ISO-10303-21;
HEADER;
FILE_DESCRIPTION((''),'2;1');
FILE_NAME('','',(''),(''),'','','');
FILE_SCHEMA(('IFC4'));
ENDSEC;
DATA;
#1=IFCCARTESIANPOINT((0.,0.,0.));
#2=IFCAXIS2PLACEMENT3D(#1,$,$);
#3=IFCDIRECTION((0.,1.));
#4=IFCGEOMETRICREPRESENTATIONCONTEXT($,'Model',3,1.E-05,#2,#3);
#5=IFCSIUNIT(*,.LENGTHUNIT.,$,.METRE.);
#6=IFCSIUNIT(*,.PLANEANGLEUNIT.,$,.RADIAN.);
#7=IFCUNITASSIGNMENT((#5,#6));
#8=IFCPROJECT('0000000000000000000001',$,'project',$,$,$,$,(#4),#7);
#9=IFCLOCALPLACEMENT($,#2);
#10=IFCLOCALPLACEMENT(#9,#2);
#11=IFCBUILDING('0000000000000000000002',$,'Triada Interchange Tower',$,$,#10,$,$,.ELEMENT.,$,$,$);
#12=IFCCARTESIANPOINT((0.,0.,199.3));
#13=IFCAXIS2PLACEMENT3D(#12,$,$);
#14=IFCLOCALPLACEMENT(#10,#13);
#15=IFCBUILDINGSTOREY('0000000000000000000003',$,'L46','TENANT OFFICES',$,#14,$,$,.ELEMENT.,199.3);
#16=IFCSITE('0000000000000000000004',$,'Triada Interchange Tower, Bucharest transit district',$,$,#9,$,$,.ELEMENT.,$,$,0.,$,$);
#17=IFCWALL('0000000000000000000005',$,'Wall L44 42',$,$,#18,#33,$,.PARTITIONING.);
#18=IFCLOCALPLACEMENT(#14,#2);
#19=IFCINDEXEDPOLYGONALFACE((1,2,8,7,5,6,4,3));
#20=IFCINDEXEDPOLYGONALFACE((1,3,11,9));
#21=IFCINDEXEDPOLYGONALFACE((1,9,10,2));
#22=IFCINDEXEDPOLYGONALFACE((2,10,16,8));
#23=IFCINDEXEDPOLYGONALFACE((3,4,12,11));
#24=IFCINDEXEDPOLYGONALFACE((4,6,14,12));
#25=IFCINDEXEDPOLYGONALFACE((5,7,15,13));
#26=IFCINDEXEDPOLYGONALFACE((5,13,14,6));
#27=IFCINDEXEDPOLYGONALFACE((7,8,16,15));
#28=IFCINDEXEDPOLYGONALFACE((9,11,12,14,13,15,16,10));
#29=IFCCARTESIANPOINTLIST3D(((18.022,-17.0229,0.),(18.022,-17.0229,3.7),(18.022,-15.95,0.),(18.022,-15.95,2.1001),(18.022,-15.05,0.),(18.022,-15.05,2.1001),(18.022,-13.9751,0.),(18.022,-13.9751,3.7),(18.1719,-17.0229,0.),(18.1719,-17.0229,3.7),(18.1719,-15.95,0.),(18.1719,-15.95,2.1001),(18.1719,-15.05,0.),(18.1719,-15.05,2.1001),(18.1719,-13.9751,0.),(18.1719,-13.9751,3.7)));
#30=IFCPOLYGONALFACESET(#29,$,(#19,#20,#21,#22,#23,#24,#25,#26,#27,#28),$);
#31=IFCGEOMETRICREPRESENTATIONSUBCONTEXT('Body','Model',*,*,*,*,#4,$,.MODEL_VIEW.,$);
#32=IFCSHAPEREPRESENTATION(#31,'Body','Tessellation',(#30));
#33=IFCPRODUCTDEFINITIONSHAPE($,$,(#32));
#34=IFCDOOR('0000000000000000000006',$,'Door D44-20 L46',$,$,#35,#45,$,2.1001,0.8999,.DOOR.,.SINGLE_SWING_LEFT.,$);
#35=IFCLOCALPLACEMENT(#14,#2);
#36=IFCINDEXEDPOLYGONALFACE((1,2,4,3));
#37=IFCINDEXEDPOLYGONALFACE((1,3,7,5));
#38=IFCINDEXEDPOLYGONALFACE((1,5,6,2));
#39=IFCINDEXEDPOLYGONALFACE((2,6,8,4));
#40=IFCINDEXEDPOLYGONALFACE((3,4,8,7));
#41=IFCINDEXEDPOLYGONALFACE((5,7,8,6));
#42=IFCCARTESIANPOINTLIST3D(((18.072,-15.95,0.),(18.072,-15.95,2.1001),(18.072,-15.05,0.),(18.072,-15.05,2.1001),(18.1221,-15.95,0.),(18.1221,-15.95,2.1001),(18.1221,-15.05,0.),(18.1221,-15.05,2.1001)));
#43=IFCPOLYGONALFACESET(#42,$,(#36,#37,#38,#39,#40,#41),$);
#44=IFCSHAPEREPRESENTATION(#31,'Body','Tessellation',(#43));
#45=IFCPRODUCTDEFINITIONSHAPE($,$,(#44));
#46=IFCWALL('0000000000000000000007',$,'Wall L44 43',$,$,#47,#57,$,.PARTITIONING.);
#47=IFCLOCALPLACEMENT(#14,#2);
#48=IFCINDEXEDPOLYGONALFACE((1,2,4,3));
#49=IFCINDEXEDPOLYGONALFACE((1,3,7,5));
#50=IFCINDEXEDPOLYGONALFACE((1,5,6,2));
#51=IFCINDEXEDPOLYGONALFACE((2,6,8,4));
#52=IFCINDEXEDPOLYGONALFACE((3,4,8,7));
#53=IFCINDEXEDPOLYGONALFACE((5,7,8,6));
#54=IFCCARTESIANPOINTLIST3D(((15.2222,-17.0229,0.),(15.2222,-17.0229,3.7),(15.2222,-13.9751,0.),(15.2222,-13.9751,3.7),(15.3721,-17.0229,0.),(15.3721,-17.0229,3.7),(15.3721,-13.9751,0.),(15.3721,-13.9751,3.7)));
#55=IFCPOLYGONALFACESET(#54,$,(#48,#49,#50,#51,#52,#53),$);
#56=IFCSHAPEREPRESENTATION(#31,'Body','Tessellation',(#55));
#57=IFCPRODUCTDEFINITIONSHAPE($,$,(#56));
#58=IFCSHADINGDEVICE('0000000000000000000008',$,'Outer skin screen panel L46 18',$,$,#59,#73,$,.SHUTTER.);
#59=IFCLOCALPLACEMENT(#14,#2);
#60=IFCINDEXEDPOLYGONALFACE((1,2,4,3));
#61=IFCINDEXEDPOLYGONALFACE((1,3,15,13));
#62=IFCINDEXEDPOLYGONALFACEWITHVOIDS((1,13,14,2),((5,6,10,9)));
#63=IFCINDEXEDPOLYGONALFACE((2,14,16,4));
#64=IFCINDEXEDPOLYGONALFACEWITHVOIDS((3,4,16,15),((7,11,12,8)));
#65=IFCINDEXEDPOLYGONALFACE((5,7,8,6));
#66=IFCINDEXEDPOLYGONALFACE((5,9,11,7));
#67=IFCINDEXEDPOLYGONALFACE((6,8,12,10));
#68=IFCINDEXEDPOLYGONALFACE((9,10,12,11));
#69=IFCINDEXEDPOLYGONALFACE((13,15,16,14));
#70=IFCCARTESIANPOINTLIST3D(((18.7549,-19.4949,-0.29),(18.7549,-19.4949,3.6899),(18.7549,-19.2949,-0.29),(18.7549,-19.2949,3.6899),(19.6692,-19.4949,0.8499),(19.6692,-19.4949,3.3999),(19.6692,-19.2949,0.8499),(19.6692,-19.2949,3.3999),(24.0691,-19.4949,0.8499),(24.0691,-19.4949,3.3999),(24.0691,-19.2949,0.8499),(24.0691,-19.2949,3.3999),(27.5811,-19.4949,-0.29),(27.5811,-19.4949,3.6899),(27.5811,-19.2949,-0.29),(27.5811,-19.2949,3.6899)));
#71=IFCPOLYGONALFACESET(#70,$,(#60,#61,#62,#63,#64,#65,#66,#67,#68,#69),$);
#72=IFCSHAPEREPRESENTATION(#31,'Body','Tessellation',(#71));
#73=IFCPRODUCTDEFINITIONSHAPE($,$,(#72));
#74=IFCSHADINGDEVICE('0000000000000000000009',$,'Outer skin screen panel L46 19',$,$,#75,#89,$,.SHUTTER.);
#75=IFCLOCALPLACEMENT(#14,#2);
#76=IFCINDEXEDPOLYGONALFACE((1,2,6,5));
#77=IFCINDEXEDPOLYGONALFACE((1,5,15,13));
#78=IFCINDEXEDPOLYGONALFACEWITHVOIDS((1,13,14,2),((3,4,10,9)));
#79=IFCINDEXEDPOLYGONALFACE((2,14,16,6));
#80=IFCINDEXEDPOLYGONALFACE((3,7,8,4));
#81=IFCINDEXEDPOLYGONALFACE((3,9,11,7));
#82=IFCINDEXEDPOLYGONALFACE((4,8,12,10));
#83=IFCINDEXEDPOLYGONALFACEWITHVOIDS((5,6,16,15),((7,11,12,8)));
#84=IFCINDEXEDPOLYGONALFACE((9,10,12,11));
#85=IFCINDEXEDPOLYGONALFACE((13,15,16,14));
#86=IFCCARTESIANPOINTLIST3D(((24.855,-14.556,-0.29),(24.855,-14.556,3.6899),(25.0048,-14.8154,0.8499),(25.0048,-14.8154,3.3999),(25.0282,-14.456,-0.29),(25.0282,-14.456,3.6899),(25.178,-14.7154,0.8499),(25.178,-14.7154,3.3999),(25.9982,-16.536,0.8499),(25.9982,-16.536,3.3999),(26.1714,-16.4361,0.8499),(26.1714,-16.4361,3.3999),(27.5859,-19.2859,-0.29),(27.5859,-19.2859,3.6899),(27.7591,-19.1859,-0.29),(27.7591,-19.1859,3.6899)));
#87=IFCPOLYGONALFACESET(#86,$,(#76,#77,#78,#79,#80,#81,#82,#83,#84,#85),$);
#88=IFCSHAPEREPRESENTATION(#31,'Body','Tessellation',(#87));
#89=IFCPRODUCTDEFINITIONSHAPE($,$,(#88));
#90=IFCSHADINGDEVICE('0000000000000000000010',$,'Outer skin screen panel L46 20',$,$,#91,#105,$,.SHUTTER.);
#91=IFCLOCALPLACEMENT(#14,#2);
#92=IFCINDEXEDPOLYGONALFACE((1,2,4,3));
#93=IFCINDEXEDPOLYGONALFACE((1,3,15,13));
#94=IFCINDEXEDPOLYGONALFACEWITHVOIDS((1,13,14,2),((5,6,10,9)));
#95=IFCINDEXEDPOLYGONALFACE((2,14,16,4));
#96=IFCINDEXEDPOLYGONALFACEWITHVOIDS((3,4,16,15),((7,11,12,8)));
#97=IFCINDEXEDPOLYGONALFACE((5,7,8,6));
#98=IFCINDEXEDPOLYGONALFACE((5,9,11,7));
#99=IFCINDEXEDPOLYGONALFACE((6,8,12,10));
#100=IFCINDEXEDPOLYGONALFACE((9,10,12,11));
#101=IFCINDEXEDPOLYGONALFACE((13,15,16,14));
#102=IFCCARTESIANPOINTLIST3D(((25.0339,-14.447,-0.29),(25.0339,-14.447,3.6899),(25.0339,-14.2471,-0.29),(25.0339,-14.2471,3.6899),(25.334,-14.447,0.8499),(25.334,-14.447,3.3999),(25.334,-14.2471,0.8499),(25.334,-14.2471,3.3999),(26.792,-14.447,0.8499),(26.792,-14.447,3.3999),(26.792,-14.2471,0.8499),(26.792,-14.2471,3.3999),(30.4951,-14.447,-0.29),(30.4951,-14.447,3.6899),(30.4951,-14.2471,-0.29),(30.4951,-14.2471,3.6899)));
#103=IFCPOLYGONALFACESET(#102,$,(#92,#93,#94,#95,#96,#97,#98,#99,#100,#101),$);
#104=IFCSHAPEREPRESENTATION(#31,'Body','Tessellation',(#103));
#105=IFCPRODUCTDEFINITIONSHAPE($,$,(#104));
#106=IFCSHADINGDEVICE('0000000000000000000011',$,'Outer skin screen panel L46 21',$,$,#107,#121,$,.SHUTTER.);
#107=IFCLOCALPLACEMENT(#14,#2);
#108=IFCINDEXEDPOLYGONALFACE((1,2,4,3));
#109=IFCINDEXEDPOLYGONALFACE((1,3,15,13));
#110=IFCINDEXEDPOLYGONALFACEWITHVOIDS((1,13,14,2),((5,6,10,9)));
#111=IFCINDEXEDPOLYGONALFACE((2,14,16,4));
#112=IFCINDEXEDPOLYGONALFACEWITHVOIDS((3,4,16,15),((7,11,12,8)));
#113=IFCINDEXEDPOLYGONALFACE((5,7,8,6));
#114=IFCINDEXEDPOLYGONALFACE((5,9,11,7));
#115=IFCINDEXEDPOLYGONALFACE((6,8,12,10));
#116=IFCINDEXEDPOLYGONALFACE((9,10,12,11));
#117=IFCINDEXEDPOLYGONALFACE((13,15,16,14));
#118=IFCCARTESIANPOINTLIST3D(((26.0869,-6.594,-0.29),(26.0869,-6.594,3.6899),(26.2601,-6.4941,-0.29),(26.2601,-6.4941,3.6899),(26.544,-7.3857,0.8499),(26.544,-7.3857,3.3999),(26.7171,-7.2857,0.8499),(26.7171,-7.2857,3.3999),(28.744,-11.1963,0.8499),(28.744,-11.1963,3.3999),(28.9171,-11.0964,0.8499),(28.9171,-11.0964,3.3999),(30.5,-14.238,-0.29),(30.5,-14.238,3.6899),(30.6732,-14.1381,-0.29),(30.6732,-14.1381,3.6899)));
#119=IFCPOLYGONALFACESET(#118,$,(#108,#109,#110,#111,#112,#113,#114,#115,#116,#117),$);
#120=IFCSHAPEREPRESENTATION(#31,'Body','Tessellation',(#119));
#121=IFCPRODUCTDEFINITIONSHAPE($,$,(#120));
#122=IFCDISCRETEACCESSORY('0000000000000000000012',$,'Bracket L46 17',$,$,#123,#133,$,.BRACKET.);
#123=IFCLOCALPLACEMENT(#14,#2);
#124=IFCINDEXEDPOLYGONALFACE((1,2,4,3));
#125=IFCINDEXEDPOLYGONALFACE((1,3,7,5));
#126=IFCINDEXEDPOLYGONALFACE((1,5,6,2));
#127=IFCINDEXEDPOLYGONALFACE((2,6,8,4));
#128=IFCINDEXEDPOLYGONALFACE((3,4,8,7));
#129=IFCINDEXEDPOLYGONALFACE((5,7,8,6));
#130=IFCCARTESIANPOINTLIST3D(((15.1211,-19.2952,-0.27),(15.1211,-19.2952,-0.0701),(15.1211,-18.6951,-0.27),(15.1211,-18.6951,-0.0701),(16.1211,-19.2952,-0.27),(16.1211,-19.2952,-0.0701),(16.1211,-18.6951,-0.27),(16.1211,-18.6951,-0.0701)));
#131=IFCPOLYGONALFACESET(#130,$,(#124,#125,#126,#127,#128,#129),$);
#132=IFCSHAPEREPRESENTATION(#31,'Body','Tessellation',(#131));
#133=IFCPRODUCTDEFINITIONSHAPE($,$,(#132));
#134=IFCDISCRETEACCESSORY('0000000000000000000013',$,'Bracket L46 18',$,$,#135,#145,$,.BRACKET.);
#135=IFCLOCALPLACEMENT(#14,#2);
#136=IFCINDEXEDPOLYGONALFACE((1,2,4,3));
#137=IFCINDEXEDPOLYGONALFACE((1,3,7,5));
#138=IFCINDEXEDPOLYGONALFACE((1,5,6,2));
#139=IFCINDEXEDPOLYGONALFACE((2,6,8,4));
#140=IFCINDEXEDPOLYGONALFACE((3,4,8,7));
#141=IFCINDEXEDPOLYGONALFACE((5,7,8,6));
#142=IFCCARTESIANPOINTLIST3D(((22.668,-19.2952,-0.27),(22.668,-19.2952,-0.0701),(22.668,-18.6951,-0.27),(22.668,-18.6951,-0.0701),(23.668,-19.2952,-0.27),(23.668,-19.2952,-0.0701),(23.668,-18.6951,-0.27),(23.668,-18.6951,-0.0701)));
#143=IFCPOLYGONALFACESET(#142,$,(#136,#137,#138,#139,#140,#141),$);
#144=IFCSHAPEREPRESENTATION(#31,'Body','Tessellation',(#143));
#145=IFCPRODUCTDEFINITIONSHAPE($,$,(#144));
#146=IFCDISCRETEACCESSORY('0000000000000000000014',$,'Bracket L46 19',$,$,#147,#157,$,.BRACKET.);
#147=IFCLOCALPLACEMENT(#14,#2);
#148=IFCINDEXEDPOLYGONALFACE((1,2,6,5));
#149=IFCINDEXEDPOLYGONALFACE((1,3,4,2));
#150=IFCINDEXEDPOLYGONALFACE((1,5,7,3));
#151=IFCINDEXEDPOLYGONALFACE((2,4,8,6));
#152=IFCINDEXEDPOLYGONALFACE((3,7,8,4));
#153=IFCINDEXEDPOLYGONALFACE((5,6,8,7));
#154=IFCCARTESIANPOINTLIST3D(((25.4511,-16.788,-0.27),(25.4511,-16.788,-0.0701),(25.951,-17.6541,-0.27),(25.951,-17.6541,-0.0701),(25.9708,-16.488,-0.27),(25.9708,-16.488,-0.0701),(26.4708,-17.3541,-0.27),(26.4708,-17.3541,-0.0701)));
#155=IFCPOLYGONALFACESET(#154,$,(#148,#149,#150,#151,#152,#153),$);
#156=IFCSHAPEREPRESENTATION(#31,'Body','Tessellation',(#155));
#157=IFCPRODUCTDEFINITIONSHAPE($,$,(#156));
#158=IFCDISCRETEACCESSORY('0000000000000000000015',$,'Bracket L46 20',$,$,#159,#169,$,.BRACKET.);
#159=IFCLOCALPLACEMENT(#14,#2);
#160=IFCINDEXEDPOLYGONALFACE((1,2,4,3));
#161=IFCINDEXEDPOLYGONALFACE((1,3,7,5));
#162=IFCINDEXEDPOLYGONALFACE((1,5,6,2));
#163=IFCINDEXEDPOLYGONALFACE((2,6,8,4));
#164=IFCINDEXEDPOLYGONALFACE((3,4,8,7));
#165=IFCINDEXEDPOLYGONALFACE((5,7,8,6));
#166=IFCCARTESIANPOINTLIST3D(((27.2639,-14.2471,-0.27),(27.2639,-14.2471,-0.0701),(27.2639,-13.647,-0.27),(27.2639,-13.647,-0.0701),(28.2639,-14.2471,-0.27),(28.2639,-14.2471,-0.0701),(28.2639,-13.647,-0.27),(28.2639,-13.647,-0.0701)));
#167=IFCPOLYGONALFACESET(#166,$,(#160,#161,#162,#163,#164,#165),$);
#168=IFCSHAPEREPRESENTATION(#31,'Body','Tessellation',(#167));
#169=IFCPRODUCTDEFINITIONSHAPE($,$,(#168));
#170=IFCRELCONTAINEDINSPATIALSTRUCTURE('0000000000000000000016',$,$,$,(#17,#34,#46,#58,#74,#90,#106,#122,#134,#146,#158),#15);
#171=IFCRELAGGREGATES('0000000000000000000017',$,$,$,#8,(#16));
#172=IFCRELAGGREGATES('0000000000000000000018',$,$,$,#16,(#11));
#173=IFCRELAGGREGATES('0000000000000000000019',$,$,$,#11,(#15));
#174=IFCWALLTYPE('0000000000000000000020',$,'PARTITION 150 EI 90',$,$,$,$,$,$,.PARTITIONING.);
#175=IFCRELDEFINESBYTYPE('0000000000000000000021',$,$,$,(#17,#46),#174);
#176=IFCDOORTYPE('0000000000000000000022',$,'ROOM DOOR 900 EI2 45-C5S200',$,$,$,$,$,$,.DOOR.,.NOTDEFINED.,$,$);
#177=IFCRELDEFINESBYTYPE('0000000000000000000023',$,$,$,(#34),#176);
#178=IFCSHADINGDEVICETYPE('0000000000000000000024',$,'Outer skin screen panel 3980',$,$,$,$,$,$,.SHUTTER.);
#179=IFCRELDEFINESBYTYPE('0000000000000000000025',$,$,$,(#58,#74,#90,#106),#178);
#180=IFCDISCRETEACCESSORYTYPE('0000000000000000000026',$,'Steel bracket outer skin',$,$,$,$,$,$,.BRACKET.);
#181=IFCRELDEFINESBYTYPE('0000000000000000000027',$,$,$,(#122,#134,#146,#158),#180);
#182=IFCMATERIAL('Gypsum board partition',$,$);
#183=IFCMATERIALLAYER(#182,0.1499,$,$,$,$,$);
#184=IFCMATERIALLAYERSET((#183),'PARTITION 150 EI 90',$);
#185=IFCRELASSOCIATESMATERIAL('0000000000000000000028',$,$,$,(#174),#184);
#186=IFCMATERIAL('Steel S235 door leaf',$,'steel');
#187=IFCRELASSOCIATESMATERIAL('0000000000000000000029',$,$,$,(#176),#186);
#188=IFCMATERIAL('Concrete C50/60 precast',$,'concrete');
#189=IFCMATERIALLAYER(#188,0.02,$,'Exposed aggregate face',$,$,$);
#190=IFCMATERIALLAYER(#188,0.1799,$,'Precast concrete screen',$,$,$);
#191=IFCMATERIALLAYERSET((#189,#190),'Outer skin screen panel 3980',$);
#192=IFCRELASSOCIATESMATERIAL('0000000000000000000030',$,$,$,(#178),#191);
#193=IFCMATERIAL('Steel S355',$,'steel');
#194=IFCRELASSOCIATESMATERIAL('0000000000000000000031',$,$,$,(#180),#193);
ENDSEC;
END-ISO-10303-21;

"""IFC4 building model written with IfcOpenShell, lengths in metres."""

from ifc_helpers import new_model, si_unit, direction, frame, frame_2d, origin, origin_2d, place, context, subcontext, project, spatial, polyline, rectangle, outline, extrude, material, layer, layer_set, type_object, element, fill, save


model = new_model("IFC4")

# Units and contexts
model_context = context("Model", 3, precision=1e-05, world=origin(), true_north=direction((0.0, 1.0)))
body_context = subcontext(model_context, "Body", "Model", "MODEL_VIEW")
ifc_project = project(units=[si_unit("LENGTHUNIT", "METRE"), si_unit("PLANEANGLEUNIT", "RADIAN")], contexts=[model_context])

# Site, building, storey
site_placement = place(None, origin())
site = spatial("IfcSite", under=ifc_project, at=site_placement, Name="Triada Interchange Tower, Bucharest transit district", CompositionType="ELEMENT", RefElevation=0.0)
building_placement = place(site_placement, origin())
building = spatial("IfcBuilding", under=site, at=building_placement, Name="Triada Interchange Tower", CompositionType="ELEMENT")
storey_placement = place(building_placement, frame((0.0, 0.0, 199.3)))
storey = spatial("IfcBuildingStorey", under=building, at=storey_placement, Name="L46", Description="TENANT OFFICES", CompositionType="ELEMENT", Elevation=199.3)

# Wall, opening, door
ifc_material_1 = material(Name="Gypsum board partition")
ifc_layer_1 = layer(ifc_material_1, 0.1499)
ifc_layer_set_1 = layer_set([ifc_layer_1], Name="PARTITION 150 EI 90")
wall_type_1 = type_object("IfcWallType", Name="PARTITION 150 EI 90", PredefinedType="PARTITIONING", material=ifc_layer_set_1)
wall_1_placement = place(storey_placement, frame((18.0969, -17.0229, 0.0), z_axis=(0.0, 0.0, 1.0), x_axis=(0.0, 1.0, 0.0)))
wall_1 = element("IfcWall", 1, at=wall_1_placement, inside=storey, type_object=wall_type_1, Name="Wall L44 42", PredefinedType="PARTITIONING", context=body_context, shape_type="SweptSolid", body=[
    extrude(rectangle(XDim=3.0479, YDim=0.1499, at=frame_2d((1.5239, 0.0))), origin(), (0.0, 0.0, 1.0), 3.7),
])
opening_1_placement = place(wall_1_placement, frame((1.073, 0.0, 0.0)))
opening_1 = element("IfcOpeningElement", 2, at=opening_1_placement, cuts=wall_1, PredefinedType="OPENING", context=body_context, shape_type="SweptSolid", body=[
    extrude(rectangle(XDim=0.8999, YDim=2.1001, at=frame_2d((0.45, 1.05))), frame((0.0, 0.085, 0.0), z_axis=(0.0, -1.0, 0.0), x_axis=(1.0, 0.0, 0.0)), (0.0, 0.0, 1.0), 0.1699),
])
ifc_material_2 = material(Name="Steel S235 door leaf", Category="steel")
door_type = type_object("IfcDoorType", Name="ROOM DOOR 900 EI2 45-C5S200", OperationType="NOTDEFINED", PredefinedType="DOOR", material=ifc_material_2)
door_placement = place(opening_1_placement, origin())
door = element("IfcDoor", 3, at=door_placement, inside=storey, type_object=door_type, Name="Door D44-20 L46", OperationType="SINGLE_SWING_LEFT", OverallHeight=2.1001, OverallWidth=0.8999, PredefinedType="DOOR", context=body_context, shape_type="SweptSolid", body=[
    extrude(rectangle(XDim=0.8999, YDim=2.1001, at=frame_2d((0.45, 1.05))), frame((0.0, 0.0249, 0.0), z_axis=(0.0, -1.0, 0.0), x_axis=(1.0, 0.0, 0.0)), (0.0, 0.0, 1.0), 0.05),
])
fill(opening_1, door)

# Wall
wall_2_placement = place(storey_placement, frame((15.2971, -17.0229, 0.0), z_axis=(0.0, 0.0, 1.0), x_axis=(0.0, 1.0, 0.0)))
element("IfcWall", 4, at=wall_2_placement, inside=storey, type_object=wall_type_1, Name="Wall L44 43", PredefinedType="PARTITIONING", context=body_context, shape_type="SweptSolid", body=[
    extrude(rectangle(XDim=3.0479, YDim=0.1499, at=frame_2d((1.5239, 0.0))), origin(), (0.0, 0.0, 1.0), 3.7),
])

# Shading devices
ifc_material_3 = material(Name="Concrete C50/60 precast", Category="concrete")
ifc_layer_2 = layer(ifc_material_3, 0.02, Name="Exposed aggregate face")
ifc_layer_3 = layer(ifc_material_3, 0.1799, Name="Precast concrete screen")
ifc_layer_set_2 = layer_set([ifc_layer_2, ifc_layer_3], Name="Outer skin screen panel 3980")
shading_device_type = type_object("IfcShadingDeviceType", Name="Outer skin screen panel 3980", PredefinedType="SHUTTER", material=ifc_layer_set_2)
shading_device_1_placement = place(storey_placement, frame((18.7549, -19.2949, -0.29), z_axis=(0.0, 0.0, 1.0), x_axis=(1.0, 0.0, 0.0)))
element("IfcShadingDevice", 5, at=shading_device_1_placement, inside=storey, type_object=shading_device_type, Name="Outer skin screen panel L46 18", PredefinedType="SHUTTER", context=body_context, shape_type="SweptSolid", body=[
    extrude(outline(polyline([(0.0, 0.0), (8.8262, 0.0), (8.8262, 3.98), (0.0, 3.98), (0.0, 0.0)]), holes=[polyline([(0.9143, 1.1399), (0.9143, 3.6899), (5.3142, 3.6899), (5.3142, 1.1399), (0.9143, 1.1399)])]), frame((0.0, 0.0, 0.0), z_axis=(0.0, -1.0, 0.0), x_axis=(1.0, 0.0, 0.0)), (0.0, 0.0, 1.0), 0.2),
])
shading_device_2_placement = place(storey_placement, frame((27.5859, -19.2859, -0.29), z_axis=(0.0, 0.0, 1.0), x_axis=(-0.500014, 0.866017, 0.0)))
element("IfcShadingDevice", 6, at=shading_device_2_placement, inside=storey, type_object=shading_device_type, Name="Outer skin screen panel L46 19", PredefinedType="SHUTTER", context=body_context, shape_type="SweptSolid", body=[
    extrude(outline(polyline([(0.0, 0.0), (5.4617, 0.0), (5.4617, 3.98), (0.0, 3.98), (0.0, 0.0)]), holes=[polyline([(3.1753, 1.1399), (3.1753, 3.6899), (5.1621, 3.6899), (5.1621, 1.1399), (3.1753, 1.1399)])]), frame((0.0, 0.0, 0.0), z_axis=(0.0, -1.0, 0.0), x_axis=(1.0, 0.0, 0.0)), (0.0, 0.0, 1.0), 0.2),
])
shading_device_3_placement = place(storey_placement, frame((25.0339, -14.2471, -0.29), z_axis=(0.0, 0.0, 1.0), x_axis=(1.0, 0.0, 0.0)))
element("IfcShadingDevice", 7, at=shading_device_3_placement, inside=storey, type_object=shading_device_type, Name="Outer skin screen panel L46 20", PredefinedType="SHUTTER", context=body_context, shape_type="SweptSolid", body=[
    extrude(outline(polyline([(0.0, 0.0), (5.4612, 0.0), (5.4612, 3.98), (0.0, 3.98), (0.0, 0.0)]), holes=[polyline([(0.3, 1.1399), (0.3, 3.6899), (1.7581, 3.6899), (1.7581, 1.1399), (0.3, 1.1399)])]), frame((0.0, 0.0, 0.0), z_axis=(0.0, -1.0, 0.0), x_axis=(1.0, 0.0, 0.0)), (0.0, 0.0, 1.0), 0.2),
])
shading_device_4_placement = place(storey_placement, frame((30.5, -14.238, -0.29), z_axis=(0.0, 0.0, 1.0), x_axis=(-0.499983, 0.866035, 0.0)))
element("IfcShadingDevice", 8, at=shading_device_4_placement, inside=storey, type_object=shading_device_type, Name="Outer skin screen panel L46 21", PredefinedType="SHUTTER", context=body_context, shape_type="SweptSolid", body=[
    extrude(outline(polyline([(0.0, 0.0), (8.8264, 0.0), (8.8264, 3.98), (0.0, 3.98), (0.0, 0.0)]), holes=[polyline([(3.5122, 1.1399), (3.5122, 3.6899), (7.9124, 3.6899), (7.9124, 1.1399), (3.5122, 1.1399)])]), frame((0.0, 0.0, 0.0), z_axis=(0.0, -1.0, 0.0), x_axis=(1.0, 0.0, 0.0)), (0.0, 0.0, 1.0), 0.2),
])

# Discrete accessories
ifc_material_4 = material(Name="Steel S355", Category="steel")
discrete_accessory_type = type_object("IfcDiscreteAccessoryType", Name="Steel bracket outer skin", PredefinedType="BRACKET", material=ifc_material_4)
for number, where, z_axis, x_axis, name in (
    (9, (15.6211, -18.9951, -0.27), (0.0, 0.0, 1.0), (0.0, -1.0, 0.0), "Bracket L46 17"),
    (10, (23.168, -18.9951, -0.27), (0.0, 0.0, 1.0), (0.0, -1.0, 0.0), "Bracket L46 18"),
    (11, (25.9609, -17.071, -0.27), (0.0, 0.0, 1.0), (0.86606, 0.49994, 0.0), "Bracket L46 19"),
    (12, (27.7639, -13.947, -0.27), (0.0, 0.0, 1.0), (0.0, -1.0, 0.0), "Bracket L46 20"),
):
    element("IfcDiscreteAccessory", number, at=place(storey_placement, frame(where, z_axis=z_axis, x_axis=x_axis)), inside=storey, type_object=discrete_accessory_type, Name=name, PredefinedType="BRACKET", context=body_context, shape_type="SweptSolid", body=[
        extrude(rectangle(XDim=0.6001, YDim=1.0, at=origin_2d()), origin(), (0.0, 0.0, 1.0), 0.2),
    ])

save(model, "model.ifc")
